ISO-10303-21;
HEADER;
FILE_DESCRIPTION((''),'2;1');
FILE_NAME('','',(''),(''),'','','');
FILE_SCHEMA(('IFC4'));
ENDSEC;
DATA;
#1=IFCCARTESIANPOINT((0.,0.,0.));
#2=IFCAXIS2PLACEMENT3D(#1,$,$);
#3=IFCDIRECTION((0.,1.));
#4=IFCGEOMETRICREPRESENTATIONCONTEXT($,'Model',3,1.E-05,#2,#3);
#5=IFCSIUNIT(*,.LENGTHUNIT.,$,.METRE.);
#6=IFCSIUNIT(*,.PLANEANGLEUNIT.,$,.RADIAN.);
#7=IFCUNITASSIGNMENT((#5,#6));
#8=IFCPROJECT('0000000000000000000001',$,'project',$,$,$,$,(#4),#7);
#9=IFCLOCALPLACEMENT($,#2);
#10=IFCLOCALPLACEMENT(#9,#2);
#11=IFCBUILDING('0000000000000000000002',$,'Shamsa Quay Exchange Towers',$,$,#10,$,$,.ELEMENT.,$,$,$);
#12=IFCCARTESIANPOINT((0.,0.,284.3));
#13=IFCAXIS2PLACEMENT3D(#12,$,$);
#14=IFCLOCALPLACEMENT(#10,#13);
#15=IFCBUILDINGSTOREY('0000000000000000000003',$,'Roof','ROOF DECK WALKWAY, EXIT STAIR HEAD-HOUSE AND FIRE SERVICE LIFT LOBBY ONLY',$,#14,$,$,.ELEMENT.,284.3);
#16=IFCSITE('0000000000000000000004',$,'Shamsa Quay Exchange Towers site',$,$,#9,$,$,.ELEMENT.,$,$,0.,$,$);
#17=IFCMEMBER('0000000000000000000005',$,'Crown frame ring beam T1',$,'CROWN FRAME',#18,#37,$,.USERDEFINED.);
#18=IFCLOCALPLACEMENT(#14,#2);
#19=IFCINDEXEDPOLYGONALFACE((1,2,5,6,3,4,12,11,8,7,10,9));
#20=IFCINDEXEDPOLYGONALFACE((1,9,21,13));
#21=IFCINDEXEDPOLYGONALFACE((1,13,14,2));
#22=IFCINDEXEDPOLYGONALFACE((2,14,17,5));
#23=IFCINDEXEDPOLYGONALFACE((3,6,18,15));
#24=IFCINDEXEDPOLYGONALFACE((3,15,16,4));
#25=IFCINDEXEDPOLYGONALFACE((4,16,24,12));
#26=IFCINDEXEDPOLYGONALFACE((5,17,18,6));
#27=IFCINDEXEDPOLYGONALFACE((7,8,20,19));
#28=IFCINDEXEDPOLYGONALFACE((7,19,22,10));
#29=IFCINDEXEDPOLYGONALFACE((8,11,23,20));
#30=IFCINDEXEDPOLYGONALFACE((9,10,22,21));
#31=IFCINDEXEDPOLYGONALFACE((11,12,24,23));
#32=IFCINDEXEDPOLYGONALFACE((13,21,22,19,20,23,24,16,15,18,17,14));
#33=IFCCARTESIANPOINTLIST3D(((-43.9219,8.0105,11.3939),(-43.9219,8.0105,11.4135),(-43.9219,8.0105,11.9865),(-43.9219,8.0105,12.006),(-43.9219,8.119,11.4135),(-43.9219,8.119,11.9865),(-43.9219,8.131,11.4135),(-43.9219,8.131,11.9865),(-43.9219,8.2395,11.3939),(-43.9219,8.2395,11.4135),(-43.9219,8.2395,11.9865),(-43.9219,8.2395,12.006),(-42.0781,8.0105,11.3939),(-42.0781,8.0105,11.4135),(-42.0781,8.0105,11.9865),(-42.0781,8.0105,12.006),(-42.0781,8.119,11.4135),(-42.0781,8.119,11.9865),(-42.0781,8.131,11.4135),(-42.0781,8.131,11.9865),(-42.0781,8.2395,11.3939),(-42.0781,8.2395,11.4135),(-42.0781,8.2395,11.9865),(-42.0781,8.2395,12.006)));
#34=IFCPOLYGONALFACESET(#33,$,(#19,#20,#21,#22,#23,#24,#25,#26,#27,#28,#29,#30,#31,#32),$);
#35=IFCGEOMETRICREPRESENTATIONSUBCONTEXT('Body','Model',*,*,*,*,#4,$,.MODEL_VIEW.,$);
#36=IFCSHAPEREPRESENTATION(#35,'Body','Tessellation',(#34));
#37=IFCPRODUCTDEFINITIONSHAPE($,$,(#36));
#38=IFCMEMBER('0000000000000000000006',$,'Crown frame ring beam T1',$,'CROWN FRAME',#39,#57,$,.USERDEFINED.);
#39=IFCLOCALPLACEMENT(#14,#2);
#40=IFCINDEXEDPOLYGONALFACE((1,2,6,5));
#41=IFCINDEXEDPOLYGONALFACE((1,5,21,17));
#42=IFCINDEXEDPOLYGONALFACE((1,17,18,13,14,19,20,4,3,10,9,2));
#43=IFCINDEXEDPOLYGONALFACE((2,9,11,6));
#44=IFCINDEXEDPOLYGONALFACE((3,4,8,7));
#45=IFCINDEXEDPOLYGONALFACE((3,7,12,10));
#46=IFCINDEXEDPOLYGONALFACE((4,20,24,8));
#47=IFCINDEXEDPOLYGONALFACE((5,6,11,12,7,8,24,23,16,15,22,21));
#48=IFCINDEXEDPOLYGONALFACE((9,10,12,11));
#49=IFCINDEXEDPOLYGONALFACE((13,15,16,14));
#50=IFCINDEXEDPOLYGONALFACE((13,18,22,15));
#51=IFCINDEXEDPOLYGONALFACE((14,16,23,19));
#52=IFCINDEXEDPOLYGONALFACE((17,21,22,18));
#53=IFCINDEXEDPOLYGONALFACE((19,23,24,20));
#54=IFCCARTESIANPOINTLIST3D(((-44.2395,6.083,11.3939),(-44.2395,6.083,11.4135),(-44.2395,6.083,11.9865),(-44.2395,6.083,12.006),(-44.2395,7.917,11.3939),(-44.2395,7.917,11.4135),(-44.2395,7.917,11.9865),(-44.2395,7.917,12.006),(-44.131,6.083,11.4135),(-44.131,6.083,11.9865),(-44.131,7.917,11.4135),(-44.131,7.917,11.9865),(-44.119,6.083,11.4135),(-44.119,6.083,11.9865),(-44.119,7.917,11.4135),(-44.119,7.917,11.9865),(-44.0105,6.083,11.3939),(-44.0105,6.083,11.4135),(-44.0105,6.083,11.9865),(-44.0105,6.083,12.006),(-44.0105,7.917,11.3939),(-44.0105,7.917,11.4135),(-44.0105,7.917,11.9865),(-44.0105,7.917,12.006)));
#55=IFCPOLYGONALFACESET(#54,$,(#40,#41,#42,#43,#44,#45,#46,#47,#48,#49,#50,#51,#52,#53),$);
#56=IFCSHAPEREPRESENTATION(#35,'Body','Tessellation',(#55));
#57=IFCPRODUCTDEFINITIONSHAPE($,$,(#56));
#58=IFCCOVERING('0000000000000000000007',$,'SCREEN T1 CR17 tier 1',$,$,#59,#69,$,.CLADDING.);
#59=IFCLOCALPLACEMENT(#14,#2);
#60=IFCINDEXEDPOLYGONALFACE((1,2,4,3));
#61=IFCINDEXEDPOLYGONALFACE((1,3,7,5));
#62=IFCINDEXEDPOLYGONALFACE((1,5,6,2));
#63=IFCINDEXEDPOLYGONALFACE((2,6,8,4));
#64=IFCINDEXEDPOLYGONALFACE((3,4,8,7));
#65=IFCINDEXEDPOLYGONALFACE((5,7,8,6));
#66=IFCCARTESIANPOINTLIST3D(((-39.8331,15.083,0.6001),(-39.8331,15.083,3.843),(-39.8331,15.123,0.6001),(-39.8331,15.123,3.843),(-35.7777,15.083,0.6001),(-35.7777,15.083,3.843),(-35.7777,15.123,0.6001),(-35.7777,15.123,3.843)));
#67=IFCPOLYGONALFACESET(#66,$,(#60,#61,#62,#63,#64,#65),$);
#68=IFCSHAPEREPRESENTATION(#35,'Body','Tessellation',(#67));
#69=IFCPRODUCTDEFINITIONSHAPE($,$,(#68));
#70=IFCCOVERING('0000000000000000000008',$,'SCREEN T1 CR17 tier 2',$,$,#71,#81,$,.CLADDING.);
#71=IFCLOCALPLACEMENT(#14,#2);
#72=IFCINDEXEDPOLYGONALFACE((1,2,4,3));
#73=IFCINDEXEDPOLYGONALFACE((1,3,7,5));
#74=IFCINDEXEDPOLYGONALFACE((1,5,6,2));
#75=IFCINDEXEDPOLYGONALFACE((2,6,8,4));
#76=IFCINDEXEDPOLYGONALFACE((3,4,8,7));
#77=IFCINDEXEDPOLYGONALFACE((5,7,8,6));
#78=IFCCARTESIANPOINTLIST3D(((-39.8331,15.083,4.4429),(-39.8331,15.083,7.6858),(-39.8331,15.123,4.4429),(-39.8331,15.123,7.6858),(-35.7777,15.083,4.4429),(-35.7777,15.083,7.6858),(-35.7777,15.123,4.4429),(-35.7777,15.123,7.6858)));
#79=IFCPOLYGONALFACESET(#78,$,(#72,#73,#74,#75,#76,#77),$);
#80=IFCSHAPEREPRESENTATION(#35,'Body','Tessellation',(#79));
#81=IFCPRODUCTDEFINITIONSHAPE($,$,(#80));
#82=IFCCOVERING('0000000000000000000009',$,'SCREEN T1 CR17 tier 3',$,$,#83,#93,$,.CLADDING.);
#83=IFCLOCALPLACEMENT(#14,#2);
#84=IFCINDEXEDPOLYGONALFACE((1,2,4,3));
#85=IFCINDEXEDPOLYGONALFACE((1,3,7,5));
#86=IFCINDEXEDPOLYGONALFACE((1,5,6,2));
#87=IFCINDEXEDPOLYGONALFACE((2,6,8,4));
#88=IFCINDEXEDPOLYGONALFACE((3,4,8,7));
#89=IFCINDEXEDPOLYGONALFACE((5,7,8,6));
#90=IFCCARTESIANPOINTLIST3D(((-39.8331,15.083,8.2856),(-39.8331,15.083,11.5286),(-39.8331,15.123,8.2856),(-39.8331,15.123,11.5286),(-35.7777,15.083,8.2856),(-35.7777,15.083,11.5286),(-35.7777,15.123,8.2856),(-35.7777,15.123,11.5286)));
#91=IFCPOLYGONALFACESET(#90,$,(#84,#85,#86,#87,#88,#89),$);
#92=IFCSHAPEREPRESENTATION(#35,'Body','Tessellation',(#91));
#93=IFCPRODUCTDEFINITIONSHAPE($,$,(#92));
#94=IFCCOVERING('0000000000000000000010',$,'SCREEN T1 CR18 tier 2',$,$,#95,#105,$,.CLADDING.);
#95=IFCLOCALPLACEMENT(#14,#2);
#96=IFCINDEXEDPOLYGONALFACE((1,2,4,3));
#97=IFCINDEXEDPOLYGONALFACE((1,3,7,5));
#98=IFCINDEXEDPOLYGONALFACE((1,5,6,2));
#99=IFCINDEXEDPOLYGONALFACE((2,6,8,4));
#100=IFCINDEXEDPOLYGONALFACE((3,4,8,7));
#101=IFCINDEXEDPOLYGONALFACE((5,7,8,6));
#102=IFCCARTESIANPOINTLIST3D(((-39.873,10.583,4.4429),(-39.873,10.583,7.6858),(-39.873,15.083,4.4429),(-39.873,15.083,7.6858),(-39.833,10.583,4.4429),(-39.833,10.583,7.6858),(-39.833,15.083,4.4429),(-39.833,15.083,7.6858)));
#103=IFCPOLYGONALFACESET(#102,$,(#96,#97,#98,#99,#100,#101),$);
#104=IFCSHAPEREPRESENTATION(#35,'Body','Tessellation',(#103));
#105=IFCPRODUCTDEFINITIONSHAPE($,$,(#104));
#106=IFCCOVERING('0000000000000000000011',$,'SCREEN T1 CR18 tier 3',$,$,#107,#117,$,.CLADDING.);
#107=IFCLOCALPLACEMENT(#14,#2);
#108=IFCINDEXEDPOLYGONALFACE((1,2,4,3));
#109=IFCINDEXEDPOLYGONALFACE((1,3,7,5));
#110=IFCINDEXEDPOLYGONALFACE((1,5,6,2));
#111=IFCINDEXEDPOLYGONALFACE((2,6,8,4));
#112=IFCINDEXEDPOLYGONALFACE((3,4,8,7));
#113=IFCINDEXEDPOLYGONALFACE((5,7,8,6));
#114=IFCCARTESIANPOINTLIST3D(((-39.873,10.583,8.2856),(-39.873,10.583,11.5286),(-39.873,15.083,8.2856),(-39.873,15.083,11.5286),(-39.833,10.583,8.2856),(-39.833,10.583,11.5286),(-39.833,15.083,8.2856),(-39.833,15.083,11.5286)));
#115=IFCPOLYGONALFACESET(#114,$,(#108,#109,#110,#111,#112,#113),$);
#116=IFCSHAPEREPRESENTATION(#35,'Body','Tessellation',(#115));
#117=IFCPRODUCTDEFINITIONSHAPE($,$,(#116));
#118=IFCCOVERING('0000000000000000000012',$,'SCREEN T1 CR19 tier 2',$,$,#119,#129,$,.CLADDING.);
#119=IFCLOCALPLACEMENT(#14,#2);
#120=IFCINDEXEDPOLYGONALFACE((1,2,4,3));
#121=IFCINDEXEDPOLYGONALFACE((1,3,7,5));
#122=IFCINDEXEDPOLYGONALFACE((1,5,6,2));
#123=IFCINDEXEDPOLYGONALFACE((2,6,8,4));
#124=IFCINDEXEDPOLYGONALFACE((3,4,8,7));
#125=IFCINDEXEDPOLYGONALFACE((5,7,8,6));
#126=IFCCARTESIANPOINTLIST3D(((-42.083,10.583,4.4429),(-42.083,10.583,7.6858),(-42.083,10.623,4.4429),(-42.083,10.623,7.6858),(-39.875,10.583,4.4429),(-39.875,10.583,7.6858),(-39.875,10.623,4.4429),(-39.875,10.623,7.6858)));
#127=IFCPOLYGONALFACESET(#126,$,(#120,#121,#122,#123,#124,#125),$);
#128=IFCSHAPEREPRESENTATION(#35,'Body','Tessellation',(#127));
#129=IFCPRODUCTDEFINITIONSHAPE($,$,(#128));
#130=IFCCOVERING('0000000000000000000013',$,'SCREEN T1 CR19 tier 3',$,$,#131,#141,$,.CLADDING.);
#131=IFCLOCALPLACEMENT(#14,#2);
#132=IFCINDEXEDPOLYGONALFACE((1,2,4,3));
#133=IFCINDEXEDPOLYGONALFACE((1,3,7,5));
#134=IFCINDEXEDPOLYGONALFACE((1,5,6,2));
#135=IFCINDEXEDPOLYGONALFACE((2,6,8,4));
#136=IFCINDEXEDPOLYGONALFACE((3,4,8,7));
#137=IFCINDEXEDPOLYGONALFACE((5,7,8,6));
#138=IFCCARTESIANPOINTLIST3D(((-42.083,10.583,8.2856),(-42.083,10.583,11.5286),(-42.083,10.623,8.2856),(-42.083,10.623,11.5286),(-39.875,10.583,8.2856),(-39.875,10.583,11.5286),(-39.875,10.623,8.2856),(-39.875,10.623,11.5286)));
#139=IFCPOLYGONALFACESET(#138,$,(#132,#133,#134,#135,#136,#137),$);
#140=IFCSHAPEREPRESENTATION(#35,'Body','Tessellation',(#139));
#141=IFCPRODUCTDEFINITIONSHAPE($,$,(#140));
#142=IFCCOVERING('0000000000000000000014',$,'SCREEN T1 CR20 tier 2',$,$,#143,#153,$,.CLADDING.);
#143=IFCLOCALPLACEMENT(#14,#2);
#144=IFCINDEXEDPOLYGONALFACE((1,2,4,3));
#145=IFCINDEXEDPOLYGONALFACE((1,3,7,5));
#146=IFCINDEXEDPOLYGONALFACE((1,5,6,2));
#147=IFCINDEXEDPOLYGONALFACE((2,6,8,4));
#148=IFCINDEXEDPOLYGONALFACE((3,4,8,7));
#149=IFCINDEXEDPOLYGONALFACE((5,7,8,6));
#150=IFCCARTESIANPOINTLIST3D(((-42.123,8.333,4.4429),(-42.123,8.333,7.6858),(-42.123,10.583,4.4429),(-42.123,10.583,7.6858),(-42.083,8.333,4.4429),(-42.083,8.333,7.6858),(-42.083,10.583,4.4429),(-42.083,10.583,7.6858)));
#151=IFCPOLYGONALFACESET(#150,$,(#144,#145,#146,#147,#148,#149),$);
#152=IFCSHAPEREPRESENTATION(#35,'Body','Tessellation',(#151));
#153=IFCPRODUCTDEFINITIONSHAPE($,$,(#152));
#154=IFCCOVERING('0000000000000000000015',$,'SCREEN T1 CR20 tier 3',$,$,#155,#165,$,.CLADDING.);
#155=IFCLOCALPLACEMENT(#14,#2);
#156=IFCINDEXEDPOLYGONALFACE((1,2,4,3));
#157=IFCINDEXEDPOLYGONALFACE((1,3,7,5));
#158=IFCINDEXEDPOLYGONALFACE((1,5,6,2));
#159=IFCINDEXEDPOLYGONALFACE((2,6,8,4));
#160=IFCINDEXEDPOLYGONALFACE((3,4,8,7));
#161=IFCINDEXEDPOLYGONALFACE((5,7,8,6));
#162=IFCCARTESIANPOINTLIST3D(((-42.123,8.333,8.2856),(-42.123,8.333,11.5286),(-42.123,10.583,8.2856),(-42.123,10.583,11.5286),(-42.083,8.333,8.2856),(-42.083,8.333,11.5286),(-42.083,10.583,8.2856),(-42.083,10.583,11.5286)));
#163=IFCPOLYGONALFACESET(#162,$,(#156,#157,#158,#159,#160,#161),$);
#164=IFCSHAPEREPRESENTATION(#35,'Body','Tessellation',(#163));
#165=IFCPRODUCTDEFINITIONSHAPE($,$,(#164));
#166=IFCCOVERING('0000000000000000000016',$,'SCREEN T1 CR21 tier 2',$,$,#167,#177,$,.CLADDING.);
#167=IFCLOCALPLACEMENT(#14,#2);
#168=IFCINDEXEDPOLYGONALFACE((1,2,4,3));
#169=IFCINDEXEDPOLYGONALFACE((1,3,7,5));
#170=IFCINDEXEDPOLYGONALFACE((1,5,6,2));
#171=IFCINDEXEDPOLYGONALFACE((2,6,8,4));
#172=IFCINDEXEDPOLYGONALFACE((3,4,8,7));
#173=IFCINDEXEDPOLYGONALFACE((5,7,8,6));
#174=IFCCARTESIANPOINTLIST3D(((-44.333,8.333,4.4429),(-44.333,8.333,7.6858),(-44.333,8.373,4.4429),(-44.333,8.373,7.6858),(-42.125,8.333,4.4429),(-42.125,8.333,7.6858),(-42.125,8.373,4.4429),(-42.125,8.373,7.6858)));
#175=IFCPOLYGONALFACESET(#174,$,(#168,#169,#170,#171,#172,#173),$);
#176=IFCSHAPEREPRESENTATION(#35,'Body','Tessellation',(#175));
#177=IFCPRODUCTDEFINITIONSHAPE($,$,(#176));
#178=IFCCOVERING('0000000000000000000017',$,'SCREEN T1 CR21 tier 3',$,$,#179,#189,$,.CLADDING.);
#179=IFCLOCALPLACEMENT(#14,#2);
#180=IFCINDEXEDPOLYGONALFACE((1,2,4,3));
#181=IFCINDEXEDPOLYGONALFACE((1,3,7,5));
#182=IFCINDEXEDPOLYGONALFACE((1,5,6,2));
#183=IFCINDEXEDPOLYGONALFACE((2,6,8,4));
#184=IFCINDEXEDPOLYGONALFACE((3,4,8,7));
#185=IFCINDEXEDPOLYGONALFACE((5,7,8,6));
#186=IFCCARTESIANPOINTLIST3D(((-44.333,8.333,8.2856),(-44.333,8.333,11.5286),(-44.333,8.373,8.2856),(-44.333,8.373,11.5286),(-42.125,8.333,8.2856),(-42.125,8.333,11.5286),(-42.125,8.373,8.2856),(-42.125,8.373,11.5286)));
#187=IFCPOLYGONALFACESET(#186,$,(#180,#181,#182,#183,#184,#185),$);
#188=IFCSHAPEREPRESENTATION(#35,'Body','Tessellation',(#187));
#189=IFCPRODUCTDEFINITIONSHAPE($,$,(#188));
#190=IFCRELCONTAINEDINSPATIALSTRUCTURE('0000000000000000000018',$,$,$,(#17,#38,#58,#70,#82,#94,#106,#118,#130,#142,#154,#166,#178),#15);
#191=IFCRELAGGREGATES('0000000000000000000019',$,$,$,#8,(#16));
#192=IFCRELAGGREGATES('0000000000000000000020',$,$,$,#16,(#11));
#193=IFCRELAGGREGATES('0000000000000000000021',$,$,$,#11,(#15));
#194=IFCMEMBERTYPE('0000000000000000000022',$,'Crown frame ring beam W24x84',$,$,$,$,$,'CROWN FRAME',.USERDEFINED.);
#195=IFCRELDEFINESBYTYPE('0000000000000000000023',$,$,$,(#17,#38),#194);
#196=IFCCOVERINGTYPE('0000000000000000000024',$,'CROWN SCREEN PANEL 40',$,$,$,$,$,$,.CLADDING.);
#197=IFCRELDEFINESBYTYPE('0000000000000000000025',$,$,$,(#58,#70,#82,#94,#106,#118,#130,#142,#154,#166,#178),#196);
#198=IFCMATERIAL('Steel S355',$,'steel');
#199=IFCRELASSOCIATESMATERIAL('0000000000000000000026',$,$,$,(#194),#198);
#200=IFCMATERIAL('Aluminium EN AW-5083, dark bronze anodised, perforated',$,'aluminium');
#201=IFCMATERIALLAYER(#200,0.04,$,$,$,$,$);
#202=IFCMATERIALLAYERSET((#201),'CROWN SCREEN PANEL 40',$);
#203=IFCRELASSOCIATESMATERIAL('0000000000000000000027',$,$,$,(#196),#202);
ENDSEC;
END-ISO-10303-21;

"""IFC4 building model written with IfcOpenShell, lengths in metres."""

from ifc_helpers import new_model, si_unit, direction, frame, origin, origin_2d, place, context, subcontext, project, spatial, rectangle, i_section, extrude, material, layer, layer_set, material_profile, profile_set, type_object, element, save


model = new_model("IFC4")

# Units and contexts
model_context = context("Model", 3, precision=1e-05, world=origin(), true_north=direction((0.0, 1.0)))
body_context = subcontext(model_context, "Body", "Model", "MODEL_VIEW")
ifc_project = project(units=[si_unit("LENGTHUNIT", "METRE"), si_unit("PLANEANGLEUNIT", "RADIAN")], contexts=[model_context])

# Site, building, storey
site_placement = place(None, origin())
site = spatial("IfcSite", under=ifc_project, at=site_placement, Name="Shamsa Quay Exchange Towers site", CompositionType="ELEMENT", RefElevation=0.0)
building_placement = place(site_placement, origin())
building = spatial("IfcBuilding", under=site, at=building_placement, Name="Shamsa Quay Exchange Towers", CompositionType="ELEMENT")
storey_placement = place(building_placement, frame((0.0, 0.0, 284.3)))
storey = spatial("IfcBuildingStorey", under=building, at=storey_placement, Name="Roof", Description="ROOF DECK WALKWAY, EXIT STAIR HEAD-HOUSE AND FIRE SERVICE LIFT LOBBY ONLY", CompositionType="ELEMENT", Elevation=284.3)

# Members
ifc_material_1 = material(Name="Steel S355", Category="steel")
ifc_material_profile_1 = material_profile(ifc_material_1, i_section(OverallWidth=0.229, OverallDepth=0.6121, WebThickness=0.012, FlangeThickness=0.0195, at=origin_2d()), Name="W24x84")
ifc_profile_set_1 = profile_set([ifc_material_profile_1], Name="Steel S355")
member_type_1 = type_object("IfcMemberType", Name="Crown frame ring beam W24x84", ElementType="CROWN FRAME", PredefinedType="USERDEFINED", material=ifc_profile_set_1)
member_1_placement = place(storey_placement, frame((-42.0781, 8.125, 11.7), z_axis=(-1.0, 0.0, 0.0), x_axis=(0.0, -1.0, 0.0)))
element("IfcMember", 1, at=member_1_placement, inside=storey, type_object=member_type_1, Name="Crown frame ring beam T1", ObjectType="CROWN FRAME", PredefinedType="USERDEFINED", context=body_context, shape_type="SweptSolid", body=[
    extrude(i_section(OverallWidth=0.229, OverallDepth=0.6121, WebThickness=0.012, FlangeThickness=0.0195, at=origin_2d()), origin(), (0.0, 0.0, 1.0), 1.8438),
])
member_2_placement = place(storey_placement, frame((-44.125, 7.917, 11.7), z_axis=(0.0, -1.0, 0.0), x_axis=(1.0, 0.0, 0.0)))
element("IfcMember", 2, at=member_2_placement, inside=storey, type_object=member_type_1, Name="Crown frame ring beam T1", ObjectType="CROWN FRAME", PredefinedType="USERDEFINED", context=body_context, shape_type="SweptSolid", body=[
    extrude(i_section(OverallWidth=0.229, OverallDepth=0.6121, WebThickness=0.012, FlangeThickness=0.0195, at=origin_2d()), origin(), (0.0, 0.0, 1.0), 1.834),
])

# Coverings
ifc_material_2 = material(Name="Aluminium EN AW-5083, dark bronze anodised, perforated", Category="aluminium")
ifc_layer = layer(ifc_material_2, 0.04)
ifc_layer_set = layer_set([ifc_layer], Name="CROWN SCREEN PANEL 40")
covering_type = type_object("IfcCoveringType", Name="CROWN SCREEN PANEL 40", PredefinedType="CLADDING", material=ifc_layer_set)
for number, where, z_axis, x_axis, name in (
    (3, (-37.8054, 15.103, 0.6001), (0.0, 0.0, 1.0), (-1.0, 0.0, 0.0), "SCREEN T1 CR17 tier 1"),
    (4, (-37.8054, 15.103, 4.4429), (0.0, 0.0, 1.0), (-1.0, 0.0, 0.0), "SCREEN T1 CR17 tier 2"),
    (5, (-37.8054, 15.103, 8.2856), (0.0, 0.0, 1.0), (-1.0, 0.0, 0.0), "SCREEN T1 CR17 tier 3"),
):
    element("IfcCovering", number, at=place(storey_placement, frame(where, z_axis=z_axis, x_axis=x_axis)), inside=storey, type_object=covering_type, Name=name, PredefinedType="CLADDING", context=body_context, shape_type="SweptSolid", body=[
        extrude(rectangle(XDim=4.0554, YDim=0.04, at=origin_2d()), origin(), (0.0, 0.0, 1.0), 3.2429),
    ])
for number, where, z_axis, x_axis, name in (
    (6, (-39.853, 12.833, 4.4429), (0.0, 0.0, 1.0), (0.0, -1.0, 0.0), "SCREEN T1 CR18 tier 2"),
    (7, (-39.853, 12.833, 8.2856), (0.0, 0.0, 1.0), (0.0, -1.0, 0.0), "SCREEN T1 CR18 tier 3"),
):
    element("IfcCovering", number, at=place(storey_placement, frame(where, z_axis=z_axis, x_axis=x_axis)), inside=storey, type_object=covering_type, Name=name, PredefinedType="CLADDING", context=body_context, shape_type="SweptSolid", body=[
        extrude(rectangle(XDim=4.5, YDim=0.04, at=origin_2d()), origin(), (0.0, 0.0, 1.0), 3.2429),
    ])
for number, where, z_axis, x_axis, name in (
    (8, (-40.979, 10.603, 4.4429), (0.0, 0.0, 1.0), (-1.0, 0.0, 0.0), "SCREEN T1 CR19 tier 2"),
    (9, (-40.979, 10.603, 8.2856), (0.0, 0.0, 1.0), (-1.0, 0.0, 0.0), "SCREEN T1 CR19 tier 3"),
):
    element("IfcCovering", number, at=place(storey_placement, frame(where, z_axis=z_axis, x_axis=x_axis)), inside=storey, type_object=covering_type, Name=name, PredefinedType="CLADDING", context=body_context, shape_type="SweptSolid", body=[
        extrude(rectangle(XDim=2.208, YDim=0.04, at=origin_2d()), origin(), (0.0, 0.0, 1.0), 3.2429),
    ])
for number, where, z_axis, x_axis, name in (
    (10, (-42.103, 9.458, 4.4429), (0.0, 0.0, 1.0), (0.0, -1.0, 0.0), "SCREEN T1 CR20 tier 2"),
    (11, (-42.103, 9.458, 8.2856), (0.0, 0.0, 1.0), (0.0, -1.0, 0.0), "SCREEN T1 CR20 tier 3"),
):
    element("IfcCovering", number, at=place(storey_placement, frame(where, z_axis=z_axis, x_axis=x_axis)), inside=storey, type_object=covering_type, Name=name, PredefinedType="CLADDING", context=body_context, shape_type="SweptSolid", body=[
        extrude(rectangle(XDim=2.25, YDim=0.04, at=origin_2d()), origin(), (0.0, 0.0, 1.0), 3.2429),
    ])
for number, where, z_axis, x_axis, name in (
    (12, (-43.229, 8.353, 4.4429), (0.0, 0.0, 1.0), (-1.0, 0.0, 0.0), "SCREEN T1 CR21 tier 2"),
    (13, (-43.229, 8.353, 8.2856), (0.0, 0.0, 1.0), (-1.0, 0.0, 0.0), "SCREEN T1 CR21 tier 3"),
):
    element("IfcCovering", number, at=place(storey_placement, frame(where, z_axis=z_axis, x_axis=x_axis)), inside=storey, type_object=covering_type, Name=name, PredefinedType="CLADDING", context=body_context, shape_type="SweptSolid", body=[
        extrude(rectangle(XDim=2.208, YDim=0.04, at=origin_2d()), origin(), (0.0, 0.0, 1.0), 3.2429),
    ])

save(model, "model.ifc")
